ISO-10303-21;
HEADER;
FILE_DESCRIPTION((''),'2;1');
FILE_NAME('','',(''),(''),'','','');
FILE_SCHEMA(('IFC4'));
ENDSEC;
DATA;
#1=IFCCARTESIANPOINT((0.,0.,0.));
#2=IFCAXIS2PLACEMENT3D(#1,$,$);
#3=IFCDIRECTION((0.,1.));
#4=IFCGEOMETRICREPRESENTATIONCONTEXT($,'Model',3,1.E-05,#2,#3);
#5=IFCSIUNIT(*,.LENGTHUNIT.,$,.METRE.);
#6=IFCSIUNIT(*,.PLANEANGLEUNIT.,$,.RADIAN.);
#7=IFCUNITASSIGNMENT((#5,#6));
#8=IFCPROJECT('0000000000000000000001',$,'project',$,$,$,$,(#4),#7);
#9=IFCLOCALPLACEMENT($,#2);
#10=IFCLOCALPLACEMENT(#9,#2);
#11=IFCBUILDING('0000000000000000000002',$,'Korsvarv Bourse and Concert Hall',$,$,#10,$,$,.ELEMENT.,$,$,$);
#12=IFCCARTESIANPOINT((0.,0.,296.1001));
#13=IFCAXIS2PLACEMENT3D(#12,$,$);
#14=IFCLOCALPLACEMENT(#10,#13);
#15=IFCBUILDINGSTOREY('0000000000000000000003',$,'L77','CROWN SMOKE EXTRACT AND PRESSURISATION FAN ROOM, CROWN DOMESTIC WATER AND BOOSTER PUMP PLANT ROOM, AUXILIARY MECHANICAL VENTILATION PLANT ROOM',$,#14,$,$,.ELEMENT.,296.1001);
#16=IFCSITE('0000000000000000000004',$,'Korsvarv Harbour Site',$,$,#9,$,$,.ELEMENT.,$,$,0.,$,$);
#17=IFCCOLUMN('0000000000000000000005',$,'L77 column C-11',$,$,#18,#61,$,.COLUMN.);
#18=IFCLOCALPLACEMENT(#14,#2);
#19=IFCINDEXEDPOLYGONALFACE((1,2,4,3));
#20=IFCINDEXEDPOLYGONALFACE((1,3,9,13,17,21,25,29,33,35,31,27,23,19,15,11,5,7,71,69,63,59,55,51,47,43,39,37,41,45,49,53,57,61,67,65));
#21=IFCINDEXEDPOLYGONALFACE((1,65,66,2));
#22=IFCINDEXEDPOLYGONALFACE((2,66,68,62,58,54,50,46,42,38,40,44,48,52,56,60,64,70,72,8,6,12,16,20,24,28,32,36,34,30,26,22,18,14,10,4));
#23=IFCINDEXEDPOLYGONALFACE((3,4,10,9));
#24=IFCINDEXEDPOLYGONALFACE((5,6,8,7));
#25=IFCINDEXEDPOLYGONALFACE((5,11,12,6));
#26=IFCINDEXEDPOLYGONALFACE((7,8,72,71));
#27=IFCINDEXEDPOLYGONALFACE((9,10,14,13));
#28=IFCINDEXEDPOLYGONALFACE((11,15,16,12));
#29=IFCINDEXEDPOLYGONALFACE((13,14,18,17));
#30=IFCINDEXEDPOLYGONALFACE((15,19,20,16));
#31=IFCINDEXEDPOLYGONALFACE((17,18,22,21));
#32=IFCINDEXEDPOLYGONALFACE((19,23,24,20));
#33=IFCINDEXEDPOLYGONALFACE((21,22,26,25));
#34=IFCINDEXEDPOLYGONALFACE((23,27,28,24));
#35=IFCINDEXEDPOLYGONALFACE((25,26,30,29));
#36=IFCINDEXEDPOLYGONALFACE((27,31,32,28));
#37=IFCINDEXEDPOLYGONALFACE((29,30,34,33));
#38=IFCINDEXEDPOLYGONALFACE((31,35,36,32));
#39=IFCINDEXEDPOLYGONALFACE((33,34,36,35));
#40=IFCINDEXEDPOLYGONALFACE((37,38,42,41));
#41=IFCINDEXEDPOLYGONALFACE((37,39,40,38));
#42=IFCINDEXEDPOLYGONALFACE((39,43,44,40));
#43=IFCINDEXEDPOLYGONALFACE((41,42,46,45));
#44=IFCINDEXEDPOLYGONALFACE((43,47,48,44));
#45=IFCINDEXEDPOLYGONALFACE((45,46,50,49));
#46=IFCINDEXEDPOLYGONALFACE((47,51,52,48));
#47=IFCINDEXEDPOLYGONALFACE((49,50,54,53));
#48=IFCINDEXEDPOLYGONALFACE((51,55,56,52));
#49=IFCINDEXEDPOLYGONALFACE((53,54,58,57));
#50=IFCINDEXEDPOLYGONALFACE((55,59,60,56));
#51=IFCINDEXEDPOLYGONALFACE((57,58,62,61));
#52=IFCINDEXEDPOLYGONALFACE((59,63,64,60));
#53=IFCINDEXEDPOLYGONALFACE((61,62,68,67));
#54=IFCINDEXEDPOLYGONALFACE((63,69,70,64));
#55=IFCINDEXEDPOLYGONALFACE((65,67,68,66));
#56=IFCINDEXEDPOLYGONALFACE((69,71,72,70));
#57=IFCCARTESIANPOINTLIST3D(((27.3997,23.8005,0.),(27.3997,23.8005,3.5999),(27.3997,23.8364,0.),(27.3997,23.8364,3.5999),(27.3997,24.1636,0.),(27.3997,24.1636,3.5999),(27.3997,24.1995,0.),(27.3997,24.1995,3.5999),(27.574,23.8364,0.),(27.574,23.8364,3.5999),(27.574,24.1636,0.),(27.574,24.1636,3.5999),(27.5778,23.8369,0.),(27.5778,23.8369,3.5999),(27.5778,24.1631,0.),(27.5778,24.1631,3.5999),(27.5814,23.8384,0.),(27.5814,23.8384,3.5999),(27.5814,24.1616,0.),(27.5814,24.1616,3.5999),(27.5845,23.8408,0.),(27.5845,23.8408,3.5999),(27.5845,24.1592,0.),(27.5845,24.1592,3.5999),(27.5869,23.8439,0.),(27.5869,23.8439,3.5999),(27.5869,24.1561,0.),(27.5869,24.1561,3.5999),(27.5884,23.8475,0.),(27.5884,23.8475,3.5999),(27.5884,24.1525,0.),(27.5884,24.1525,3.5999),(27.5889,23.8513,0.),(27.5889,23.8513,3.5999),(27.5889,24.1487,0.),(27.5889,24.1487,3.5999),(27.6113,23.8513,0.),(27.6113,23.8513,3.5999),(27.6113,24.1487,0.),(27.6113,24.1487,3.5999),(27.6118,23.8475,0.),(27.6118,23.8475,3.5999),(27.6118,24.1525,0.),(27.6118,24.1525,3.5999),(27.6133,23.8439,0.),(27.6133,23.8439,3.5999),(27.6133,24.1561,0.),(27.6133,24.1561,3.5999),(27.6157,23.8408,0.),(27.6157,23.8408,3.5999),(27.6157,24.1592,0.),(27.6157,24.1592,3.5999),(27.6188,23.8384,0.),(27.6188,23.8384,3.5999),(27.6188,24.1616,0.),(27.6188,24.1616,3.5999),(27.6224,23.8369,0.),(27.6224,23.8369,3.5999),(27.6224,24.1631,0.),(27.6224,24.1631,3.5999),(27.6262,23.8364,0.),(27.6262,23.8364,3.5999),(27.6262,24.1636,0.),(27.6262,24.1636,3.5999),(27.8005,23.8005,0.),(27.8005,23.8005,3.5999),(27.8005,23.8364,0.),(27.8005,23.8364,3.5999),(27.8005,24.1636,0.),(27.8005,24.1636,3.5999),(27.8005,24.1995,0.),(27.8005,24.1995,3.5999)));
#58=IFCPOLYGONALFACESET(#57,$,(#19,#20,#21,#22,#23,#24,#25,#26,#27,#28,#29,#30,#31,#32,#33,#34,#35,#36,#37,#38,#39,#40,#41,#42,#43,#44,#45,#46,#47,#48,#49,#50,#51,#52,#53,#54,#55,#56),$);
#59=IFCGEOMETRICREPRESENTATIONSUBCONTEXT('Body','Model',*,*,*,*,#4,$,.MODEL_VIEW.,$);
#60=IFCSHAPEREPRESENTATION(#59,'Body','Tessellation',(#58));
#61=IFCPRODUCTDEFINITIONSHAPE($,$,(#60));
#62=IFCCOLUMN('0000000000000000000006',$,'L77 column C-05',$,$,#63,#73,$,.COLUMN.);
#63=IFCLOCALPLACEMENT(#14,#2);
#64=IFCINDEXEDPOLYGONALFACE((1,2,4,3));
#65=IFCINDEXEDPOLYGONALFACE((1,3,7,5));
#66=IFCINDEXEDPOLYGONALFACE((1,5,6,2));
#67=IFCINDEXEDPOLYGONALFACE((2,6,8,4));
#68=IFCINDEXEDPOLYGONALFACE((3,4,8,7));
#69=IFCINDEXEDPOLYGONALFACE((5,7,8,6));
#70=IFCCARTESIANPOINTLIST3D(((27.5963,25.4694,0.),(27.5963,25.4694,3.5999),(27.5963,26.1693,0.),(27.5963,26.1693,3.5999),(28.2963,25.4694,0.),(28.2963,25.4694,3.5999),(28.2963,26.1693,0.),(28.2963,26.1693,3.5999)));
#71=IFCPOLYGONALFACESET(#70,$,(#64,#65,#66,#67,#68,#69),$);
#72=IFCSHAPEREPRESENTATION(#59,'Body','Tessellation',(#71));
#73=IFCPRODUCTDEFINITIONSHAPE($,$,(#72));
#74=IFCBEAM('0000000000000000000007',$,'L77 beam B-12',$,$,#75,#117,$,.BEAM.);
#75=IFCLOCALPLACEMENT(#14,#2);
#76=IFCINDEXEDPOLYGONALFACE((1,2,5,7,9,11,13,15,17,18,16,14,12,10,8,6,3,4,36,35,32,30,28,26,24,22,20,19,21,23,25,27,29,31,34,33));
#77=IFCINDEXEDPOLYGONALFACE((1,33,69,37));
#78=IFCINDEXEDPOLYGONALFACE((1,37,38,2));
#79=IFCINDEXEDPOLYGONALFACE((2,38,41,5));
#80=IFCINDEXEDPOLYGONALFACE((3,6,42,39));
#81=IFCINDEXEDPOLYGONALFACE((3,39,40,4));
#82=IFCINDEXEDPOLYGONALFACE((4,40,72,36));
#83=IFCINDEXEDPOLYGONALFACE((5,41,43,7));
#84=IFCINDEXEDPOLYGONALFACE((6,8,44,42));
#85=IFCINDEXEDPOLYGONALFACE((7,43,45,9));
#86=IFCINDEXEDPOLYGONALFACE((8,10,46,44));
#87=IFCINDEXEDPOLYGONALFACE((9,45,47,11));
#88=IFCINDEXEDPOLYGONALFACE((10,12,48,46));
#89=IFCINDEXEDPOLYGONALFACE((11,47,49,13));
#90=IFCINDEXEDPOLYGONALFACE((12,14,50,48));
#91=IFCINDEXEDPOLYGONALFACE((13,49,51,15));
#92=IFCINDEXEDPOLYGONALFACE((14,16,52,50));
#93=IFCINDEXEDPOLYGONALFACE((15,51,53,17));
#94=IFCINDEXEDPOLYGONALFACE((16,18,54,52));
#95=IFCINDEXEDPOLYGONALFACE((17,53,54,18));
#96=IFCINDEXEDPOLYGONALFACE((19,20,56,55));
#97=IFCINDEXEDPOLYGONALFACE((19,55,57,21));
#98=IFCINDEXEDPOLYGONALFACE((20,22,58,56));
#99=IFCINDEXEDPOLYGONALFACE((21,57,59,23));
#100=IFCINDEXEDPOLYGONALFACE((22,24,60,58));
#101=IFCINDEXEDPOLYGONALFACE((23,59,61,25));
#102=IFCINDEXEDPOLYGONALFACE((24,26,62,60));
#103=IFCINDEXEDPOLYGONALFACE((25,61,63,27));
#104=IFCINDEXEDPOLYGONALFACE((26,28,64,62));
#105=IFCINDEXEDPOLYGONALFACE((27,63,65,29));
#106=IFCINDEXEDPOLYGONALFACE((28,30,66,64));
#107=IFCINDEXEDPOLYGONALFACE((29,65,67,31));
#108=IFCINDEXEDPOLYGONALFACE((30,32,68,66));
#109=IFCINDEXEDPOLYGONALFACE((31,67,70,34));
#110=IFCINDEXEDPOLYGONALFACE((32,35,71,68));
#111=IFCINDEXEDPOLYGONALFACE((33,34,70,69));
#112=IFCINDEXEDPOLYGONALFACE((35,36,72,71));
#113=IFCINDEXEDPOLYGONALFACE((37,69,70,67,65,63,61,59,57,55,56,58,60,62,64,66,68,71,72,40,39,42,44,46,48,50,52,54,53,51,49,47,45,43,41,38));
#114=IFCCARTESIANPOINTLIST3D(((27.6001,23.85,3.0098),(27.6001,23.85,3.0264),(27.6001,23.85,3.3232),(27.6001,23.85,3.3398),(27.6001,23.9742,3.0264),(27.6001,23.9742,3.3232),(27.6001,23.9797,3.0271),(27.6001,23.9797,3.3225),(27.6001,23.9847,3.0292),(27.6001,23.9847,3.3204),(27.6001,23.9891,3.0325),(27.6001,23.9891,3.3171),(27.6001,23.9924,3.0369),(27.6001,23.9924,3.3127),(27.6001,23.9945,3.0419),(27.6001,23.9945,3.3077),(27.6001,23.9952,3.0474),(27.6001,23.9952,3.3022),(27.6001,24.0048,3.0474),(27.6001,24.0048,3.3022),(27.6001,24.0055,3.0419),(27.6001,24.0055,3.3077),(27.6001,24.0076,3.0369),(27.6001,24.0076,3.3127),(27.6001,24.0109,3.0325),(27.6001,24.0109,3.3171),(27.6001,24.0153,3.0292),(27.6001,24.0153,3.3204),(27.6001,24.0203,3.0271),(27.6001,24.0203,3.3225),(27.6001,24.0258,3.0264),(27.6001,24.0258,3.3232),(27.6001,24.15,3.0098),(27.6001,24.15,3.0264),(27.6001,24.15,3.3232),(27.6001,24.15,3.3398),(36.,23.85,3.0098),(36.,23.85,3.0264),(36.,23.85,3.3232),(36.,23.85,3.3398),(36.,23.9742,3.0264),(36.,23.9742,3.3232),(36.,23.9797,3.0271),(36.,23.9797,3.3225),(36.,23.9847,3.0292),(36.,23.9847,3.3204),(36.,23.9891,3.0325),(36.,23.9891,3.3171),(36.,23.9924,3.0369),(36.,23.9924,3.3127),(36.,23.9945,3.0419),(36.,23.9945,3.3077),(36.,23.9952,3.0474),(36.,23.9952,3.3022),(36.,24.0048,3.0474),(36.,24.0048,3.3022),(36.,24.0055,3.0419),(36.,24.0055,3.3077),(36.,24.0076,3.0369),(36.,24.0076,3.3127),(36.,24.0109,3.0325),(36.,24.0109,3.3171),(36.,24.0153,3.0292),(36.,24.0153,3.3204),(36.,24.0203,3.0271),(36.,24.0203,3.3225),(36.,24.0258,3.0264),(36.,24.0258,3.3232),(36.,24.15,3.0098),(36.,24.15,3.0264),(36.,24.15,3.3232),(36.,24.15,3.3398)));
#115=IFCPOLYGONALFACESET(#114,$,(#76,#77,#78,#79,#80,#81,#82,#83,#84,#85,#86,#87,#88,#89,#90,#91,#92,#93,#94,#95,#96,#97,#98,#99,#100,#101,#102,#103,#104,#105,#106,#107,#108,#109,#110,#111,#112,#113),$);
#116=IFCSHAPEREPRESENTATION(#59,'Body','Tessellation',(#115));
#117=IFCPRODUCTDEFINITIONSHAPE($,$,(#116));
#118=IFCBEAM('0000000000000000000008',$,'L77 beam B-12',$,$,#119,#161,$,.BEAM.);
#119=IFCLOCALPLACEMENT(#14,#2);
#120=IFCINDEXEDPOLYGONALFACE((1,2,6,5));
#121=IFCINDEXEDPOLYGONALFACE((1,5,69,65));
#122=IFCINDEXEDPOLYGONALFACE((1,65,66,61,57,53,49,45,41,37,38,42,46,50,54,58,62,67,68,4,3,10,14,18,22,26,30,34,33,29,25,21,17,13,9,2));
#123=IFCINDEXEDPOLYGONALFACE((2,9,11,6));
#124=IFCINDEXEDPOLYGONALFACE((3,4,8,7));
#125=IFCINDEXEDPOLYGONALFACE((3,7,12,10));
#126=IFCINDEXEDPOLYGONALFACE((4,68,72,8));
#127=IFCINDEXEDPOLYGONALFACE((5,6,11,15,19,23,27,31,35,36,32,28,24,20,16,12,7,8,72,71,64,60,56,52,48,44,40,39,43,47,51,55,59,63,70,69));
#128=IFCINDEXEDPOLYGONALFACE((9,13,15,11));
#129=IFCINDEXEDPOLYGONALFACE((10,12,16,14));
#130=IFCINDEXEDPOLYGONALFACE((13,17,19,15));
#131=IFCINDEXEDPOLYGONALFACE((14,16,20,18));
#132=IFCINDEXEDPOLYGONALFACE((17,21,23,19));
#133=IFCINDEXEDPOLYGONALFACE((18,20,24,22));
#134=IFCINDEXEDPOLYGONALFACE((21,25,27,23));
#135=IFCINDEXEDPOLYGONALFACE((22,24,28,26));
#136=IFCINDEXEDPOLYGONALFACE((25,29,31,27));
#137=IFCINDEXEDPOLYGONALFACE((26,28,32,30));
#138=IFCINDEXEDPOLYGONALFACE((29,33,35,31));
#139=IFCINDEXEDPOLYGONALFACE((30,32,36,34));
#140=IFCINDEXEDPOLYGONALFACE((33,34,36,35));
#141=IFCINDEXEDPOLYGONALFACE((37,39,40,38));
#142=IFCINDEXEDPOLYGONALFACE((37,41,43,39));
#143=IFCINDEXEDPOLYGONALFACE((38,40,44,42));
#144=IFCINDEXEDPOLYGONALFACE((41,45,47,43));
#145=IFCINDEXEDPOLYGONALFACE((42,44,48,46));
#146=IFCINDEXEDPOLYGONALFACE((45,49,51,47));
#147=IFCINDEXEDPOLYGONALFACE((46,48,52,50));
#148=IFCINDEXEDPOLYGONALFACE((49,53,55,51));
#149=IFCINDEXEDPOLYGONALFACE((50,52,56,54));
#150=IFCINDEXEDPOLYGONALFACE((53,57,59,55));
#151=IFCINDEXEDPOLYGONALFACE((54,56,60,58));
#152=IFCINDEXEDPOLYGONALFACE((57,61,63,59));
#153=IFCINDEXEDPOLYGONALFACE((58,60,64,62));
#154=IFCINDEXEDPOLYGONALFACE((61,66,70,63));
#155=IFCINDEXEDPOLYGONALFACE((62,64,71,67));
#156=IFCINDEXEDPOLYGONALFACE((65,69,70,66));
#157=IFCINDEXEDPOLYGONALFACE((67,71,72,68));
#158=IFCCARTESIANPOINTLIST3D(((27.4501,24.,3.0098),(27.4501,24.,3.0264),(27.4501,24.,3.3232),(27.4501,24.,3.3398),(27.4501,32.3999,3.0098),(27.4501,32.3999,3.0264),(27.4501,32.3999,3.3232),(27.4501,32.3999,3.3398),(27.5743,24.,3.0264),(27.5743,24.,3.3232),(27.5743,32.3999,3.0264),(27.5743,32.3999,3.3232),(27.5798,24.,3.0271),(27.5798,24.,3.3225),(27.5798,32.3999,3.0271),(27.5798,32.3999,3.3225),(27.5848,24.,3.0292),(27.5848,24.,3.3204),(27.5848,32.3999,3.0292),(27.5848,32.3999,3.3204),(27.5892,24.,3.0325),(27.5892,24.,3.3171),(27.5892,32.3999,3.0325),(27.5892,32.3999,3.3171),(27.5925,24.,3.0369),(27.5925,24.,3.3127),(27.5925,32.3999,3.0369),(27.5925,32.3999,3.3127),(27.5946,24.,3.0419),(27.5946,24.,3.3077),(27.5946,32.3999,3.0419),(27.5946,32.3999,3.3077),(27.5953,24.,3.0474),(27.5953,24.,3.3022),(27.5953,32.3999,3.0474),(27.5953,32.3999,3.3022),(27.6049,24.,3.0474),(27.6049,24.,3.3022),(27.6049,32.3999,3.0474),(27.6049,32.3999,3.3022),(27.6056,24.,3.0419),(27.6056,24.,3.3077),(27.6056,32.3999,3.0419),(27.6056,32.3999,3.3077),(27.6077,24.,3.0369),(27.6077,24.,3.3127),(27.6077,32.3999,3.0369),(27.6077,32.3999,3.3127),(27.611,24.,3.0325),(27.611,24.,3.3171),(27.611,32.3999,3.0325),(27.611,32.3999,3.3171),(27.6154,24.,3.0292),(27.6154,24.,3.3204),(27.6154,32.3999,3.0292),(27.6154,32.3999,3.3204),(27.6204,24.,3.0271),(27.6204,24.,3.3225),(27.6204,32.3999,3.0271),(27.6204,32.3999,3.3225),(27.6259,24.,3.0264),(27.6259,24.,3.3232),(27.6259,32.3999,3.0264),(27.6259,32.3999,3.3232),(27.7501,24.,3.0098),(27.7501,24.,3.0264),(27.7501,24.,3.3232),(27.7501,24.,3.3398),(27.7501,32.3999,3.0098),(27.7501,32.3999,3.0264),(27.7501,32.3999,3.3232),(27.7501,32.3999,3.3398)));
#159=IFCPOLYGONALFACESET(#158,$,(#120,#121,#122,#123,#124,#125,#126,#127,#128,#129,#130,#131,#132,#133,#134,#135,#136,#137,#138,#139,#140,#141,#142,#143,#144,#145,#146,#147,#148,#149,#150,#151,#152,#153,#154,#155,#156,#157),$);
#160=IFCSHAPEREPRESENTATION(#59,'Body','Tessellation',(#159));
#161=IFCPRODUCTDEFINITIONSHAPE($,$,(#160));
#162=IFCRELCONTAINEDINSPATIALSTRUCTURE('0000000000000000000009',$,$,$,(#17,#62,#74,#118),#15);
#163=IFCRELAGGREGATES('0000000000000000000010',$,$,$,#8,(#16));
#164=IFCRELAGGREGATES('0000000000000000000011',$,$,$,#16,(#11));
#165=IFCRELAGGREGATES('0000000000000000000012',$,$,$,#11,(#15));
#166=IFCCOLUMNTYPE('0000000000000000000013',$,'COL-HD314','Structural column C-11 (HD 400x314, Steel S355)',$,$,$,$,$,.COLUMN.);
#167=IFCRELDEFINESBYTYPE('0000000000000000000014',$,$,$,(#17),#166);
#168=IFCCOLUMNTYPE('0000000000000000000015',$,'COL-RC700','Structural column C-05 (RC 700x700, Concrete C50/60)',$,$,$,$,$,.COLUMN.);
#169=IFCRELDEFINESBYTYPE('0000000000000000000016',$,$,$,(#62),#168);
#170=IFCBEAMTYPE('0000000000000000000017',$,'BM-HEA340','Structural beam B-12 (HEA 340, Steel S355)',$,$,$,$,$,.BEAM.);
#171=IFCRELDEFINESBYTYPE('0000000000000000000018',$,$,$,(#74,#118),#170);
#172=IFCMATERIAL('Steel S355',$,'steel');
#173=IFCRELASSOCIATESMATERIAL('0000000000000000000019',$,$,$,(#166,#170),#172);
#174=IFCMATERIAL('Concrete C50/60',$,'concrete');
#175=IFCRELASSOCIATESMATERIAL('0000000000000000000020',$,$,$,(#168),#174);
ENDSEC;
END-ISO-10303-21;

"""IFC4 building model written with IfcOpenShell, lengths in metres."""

from ifc_helpers import new_model, si_unit, direction, frame, origin, origin_2d, place, context, subcontext, project, spatial, rectangle, i_section, extrude, source, transform, mapped, material, material_profile, profile_set, type_object, element, save


model = new_model("IFC4")

# Units and contexts
model_context = context("Model", 3, precision=1e-05, world=origin(), true_north=direction((0.0, 1.0)))
body_context = subcontext(model_context, "Body", "Model", "MODEL_VIEW")
ifc_project = project(units=[si_unit("LENGTHUNIT", "METRE"), si_unit("PLANEANGLEUNIT", "RADIAN")], contexts=[model_context])

# Site, building, storey
site_placement = place(None, origin())
site = spatial("IfcSite", under=ifc_project, at=site_placement, Name="Korsvarv Harbour Site", CompositionType="ELEMENT", RefElevation=0.0)
building_placement = place(site_placement, origin())
building = spatial("IfcBuilding", under=site, at=building_placement, Name="Korsvarv Bourse and Concert Hall", CompositionType="ELEMENT")
storey_placement = place(building_placement, frame((0.0, 0.0, 296.1001)))
storey = spatial("IfcBuildingStorey", under=building, at=storey_placement, Name="L77", Description="CROWN SMOKE EXTRACT AND PRESSURISATION FAN ROOM, CROWN DOMESTIC WATER AND BOOSTER PUMP PLANT ROOM, AUXILIARY MECHANICAL VENTILATION PLANT ROOM", CompositionType="ELEMENT", Elevation=296.1001)

# Columns
ifc_material_1 = material(Name="Steel S355", Category="steel")
ifc_material_profile_1 = material_profile(ifc_material_1, i_section(OverallWidth=0.4009, OverallDepth=0.3989, WebThickness=0.0225, FlangeThickness=0.0359, FilletRadius=0.0149, at=origin_2d()), Name="HD 400x314")
ifc_profile_set_1 = profile_set([ifc_material_profile_1], Name="Steel S355")
column_type_1 = type_object("IfcColumnType", Name="COL-HD314", Description="Structural column C-11 (HD 400x314, Steel S355)", PredefinedType="COLUMN", material=ifc_profile_set_1)
shared_shape_1 = source(origin(), body_context, "Body", "SweptSolid", [
    extrude(i_section(OverallWidth=0.4009, OverallDepth=0.3989, WebThickness=0.0225, FlangeThickness=0.0359, FilletRadius=0.0149, at=origin_2d()), origin(), (0.0, 0.0, 1.0), 3.5999),
])
column_1_placement = place(storey_placement, frame((27.6001, 24.0, 0.0), z_axis=(0.0, 0.0, 1.0), x_axis=(1.0, 0.0, 0.0)))
element("IfcColumn", 1, at=column_1_placement, inside=storey, type_object=column_type_1, Name="L77 column C-11", PredefinedType="COLUMN", context=body_context, shape_type="MappedRepresentation", body=[
    mapped(shared_shape_1, transform((0.0, 0.0, 0.0), scale=1.0)),
])
ifc_material_2 = material(Name="Concrete C50/60", Category="concrete")
ifc_material_profile_2 = material_profile(ifc_material_2, rectangle(XDim=0.7, YDim=0.7, at=origin_2d()), Name="RC 700x700")
ifc_profile_set_2 = profile_set([ifc_material_profile_2], Name="Concrete C50/60")
column_type_2 = type_object("IfcColumnType", Name="COL-RC700", Description="Structural column C-05 (RC 700x700, Concrete C50/60)", PredefinedType="COLUMN", material=ifc_profile_set_2)
shared_shape_2 = source(origin(), body_context, "Body", "SweptSolid", [
    extrude(rectangle(XDim=0.7, YDim=0.7, at=origin_2d()), origin(), (0.0, 0.0, 1.0), 3.5999),
])
column_2_placement = place(storey_placement, frame((27.9463, 25.8193, 0.0), z_axis=(0.0, 0.0, 1.0), x_axis=(1.0, 0.0, 0.0)))
element("IfcColumn", 2, at=column_2_placement, inside=storey, type_object=column_type_2, Name="L77 column C-05", PredefinedType="COLUMN", context=body_context, shape_type="MappedRepresentation", body=[
    mapped(shared_shape_2, transform((0.0, 0.0, 0.0), scale=1.0)),
])

# Beams
ifc_material_profile_3 = material_profile(ifc_material_1, i_section(OverallWidth=0.3, OverallDepth=0.3301, WebThickness=0.0095, FlangeThickness=0.0166, FilletRadius=0.021, at=origin_2d()), Name="HEA 340")
ifc_profile_set_3 = profile_set([ifc_material_profile_3], Name="Steel S355")
beam_type = type_object("IfcBeamType", Name="BM-HEA340", Description="Structural beam B-12 (HEA 340, Steel S355)", PredefinedType="BEAM", material=ifc_profile_set_3)
shared_shape_3 = source(origin(), body_context, "Body", "SweptSolid", [
    extrude(i_section(OverallWidth=0.3, OverallDepth=0.3301, WebThickness=0.0095, FlangeThickness=0.0166, FilletRadius=0.021, at=origin_2d()), origin(), (0.0, 0.0, 1.0), 8.3999),
])
for number, where, z_axis, x_axis, name in (
    (3, (27.6001, 24.0, 3.1748), (1.0, 0.0, 0.0), (0.0, 1.0, 0.0), "L77 beam B-12"),
    (4, (27.6001, 24.0, 3.1748), (0.0, 1.0, 0.0), (-1.0, 0.0, 0.0), "L77 beam B-12"),
):
    element("IfcBeam", number, at=place(storey_placement, frame(where, z_axis=z_axis, x_axis=x_axis)), inside=storey, type_object=beam_type, Name=name, PredefinedType="BEAM", context=body_context, shape_type="MappedRepresentation", body=[
        mapped(shared_shape_3, transform((0.0, 0.0, 0.0), scale=1.0)),
    ])

save(model, "model.ifc")
